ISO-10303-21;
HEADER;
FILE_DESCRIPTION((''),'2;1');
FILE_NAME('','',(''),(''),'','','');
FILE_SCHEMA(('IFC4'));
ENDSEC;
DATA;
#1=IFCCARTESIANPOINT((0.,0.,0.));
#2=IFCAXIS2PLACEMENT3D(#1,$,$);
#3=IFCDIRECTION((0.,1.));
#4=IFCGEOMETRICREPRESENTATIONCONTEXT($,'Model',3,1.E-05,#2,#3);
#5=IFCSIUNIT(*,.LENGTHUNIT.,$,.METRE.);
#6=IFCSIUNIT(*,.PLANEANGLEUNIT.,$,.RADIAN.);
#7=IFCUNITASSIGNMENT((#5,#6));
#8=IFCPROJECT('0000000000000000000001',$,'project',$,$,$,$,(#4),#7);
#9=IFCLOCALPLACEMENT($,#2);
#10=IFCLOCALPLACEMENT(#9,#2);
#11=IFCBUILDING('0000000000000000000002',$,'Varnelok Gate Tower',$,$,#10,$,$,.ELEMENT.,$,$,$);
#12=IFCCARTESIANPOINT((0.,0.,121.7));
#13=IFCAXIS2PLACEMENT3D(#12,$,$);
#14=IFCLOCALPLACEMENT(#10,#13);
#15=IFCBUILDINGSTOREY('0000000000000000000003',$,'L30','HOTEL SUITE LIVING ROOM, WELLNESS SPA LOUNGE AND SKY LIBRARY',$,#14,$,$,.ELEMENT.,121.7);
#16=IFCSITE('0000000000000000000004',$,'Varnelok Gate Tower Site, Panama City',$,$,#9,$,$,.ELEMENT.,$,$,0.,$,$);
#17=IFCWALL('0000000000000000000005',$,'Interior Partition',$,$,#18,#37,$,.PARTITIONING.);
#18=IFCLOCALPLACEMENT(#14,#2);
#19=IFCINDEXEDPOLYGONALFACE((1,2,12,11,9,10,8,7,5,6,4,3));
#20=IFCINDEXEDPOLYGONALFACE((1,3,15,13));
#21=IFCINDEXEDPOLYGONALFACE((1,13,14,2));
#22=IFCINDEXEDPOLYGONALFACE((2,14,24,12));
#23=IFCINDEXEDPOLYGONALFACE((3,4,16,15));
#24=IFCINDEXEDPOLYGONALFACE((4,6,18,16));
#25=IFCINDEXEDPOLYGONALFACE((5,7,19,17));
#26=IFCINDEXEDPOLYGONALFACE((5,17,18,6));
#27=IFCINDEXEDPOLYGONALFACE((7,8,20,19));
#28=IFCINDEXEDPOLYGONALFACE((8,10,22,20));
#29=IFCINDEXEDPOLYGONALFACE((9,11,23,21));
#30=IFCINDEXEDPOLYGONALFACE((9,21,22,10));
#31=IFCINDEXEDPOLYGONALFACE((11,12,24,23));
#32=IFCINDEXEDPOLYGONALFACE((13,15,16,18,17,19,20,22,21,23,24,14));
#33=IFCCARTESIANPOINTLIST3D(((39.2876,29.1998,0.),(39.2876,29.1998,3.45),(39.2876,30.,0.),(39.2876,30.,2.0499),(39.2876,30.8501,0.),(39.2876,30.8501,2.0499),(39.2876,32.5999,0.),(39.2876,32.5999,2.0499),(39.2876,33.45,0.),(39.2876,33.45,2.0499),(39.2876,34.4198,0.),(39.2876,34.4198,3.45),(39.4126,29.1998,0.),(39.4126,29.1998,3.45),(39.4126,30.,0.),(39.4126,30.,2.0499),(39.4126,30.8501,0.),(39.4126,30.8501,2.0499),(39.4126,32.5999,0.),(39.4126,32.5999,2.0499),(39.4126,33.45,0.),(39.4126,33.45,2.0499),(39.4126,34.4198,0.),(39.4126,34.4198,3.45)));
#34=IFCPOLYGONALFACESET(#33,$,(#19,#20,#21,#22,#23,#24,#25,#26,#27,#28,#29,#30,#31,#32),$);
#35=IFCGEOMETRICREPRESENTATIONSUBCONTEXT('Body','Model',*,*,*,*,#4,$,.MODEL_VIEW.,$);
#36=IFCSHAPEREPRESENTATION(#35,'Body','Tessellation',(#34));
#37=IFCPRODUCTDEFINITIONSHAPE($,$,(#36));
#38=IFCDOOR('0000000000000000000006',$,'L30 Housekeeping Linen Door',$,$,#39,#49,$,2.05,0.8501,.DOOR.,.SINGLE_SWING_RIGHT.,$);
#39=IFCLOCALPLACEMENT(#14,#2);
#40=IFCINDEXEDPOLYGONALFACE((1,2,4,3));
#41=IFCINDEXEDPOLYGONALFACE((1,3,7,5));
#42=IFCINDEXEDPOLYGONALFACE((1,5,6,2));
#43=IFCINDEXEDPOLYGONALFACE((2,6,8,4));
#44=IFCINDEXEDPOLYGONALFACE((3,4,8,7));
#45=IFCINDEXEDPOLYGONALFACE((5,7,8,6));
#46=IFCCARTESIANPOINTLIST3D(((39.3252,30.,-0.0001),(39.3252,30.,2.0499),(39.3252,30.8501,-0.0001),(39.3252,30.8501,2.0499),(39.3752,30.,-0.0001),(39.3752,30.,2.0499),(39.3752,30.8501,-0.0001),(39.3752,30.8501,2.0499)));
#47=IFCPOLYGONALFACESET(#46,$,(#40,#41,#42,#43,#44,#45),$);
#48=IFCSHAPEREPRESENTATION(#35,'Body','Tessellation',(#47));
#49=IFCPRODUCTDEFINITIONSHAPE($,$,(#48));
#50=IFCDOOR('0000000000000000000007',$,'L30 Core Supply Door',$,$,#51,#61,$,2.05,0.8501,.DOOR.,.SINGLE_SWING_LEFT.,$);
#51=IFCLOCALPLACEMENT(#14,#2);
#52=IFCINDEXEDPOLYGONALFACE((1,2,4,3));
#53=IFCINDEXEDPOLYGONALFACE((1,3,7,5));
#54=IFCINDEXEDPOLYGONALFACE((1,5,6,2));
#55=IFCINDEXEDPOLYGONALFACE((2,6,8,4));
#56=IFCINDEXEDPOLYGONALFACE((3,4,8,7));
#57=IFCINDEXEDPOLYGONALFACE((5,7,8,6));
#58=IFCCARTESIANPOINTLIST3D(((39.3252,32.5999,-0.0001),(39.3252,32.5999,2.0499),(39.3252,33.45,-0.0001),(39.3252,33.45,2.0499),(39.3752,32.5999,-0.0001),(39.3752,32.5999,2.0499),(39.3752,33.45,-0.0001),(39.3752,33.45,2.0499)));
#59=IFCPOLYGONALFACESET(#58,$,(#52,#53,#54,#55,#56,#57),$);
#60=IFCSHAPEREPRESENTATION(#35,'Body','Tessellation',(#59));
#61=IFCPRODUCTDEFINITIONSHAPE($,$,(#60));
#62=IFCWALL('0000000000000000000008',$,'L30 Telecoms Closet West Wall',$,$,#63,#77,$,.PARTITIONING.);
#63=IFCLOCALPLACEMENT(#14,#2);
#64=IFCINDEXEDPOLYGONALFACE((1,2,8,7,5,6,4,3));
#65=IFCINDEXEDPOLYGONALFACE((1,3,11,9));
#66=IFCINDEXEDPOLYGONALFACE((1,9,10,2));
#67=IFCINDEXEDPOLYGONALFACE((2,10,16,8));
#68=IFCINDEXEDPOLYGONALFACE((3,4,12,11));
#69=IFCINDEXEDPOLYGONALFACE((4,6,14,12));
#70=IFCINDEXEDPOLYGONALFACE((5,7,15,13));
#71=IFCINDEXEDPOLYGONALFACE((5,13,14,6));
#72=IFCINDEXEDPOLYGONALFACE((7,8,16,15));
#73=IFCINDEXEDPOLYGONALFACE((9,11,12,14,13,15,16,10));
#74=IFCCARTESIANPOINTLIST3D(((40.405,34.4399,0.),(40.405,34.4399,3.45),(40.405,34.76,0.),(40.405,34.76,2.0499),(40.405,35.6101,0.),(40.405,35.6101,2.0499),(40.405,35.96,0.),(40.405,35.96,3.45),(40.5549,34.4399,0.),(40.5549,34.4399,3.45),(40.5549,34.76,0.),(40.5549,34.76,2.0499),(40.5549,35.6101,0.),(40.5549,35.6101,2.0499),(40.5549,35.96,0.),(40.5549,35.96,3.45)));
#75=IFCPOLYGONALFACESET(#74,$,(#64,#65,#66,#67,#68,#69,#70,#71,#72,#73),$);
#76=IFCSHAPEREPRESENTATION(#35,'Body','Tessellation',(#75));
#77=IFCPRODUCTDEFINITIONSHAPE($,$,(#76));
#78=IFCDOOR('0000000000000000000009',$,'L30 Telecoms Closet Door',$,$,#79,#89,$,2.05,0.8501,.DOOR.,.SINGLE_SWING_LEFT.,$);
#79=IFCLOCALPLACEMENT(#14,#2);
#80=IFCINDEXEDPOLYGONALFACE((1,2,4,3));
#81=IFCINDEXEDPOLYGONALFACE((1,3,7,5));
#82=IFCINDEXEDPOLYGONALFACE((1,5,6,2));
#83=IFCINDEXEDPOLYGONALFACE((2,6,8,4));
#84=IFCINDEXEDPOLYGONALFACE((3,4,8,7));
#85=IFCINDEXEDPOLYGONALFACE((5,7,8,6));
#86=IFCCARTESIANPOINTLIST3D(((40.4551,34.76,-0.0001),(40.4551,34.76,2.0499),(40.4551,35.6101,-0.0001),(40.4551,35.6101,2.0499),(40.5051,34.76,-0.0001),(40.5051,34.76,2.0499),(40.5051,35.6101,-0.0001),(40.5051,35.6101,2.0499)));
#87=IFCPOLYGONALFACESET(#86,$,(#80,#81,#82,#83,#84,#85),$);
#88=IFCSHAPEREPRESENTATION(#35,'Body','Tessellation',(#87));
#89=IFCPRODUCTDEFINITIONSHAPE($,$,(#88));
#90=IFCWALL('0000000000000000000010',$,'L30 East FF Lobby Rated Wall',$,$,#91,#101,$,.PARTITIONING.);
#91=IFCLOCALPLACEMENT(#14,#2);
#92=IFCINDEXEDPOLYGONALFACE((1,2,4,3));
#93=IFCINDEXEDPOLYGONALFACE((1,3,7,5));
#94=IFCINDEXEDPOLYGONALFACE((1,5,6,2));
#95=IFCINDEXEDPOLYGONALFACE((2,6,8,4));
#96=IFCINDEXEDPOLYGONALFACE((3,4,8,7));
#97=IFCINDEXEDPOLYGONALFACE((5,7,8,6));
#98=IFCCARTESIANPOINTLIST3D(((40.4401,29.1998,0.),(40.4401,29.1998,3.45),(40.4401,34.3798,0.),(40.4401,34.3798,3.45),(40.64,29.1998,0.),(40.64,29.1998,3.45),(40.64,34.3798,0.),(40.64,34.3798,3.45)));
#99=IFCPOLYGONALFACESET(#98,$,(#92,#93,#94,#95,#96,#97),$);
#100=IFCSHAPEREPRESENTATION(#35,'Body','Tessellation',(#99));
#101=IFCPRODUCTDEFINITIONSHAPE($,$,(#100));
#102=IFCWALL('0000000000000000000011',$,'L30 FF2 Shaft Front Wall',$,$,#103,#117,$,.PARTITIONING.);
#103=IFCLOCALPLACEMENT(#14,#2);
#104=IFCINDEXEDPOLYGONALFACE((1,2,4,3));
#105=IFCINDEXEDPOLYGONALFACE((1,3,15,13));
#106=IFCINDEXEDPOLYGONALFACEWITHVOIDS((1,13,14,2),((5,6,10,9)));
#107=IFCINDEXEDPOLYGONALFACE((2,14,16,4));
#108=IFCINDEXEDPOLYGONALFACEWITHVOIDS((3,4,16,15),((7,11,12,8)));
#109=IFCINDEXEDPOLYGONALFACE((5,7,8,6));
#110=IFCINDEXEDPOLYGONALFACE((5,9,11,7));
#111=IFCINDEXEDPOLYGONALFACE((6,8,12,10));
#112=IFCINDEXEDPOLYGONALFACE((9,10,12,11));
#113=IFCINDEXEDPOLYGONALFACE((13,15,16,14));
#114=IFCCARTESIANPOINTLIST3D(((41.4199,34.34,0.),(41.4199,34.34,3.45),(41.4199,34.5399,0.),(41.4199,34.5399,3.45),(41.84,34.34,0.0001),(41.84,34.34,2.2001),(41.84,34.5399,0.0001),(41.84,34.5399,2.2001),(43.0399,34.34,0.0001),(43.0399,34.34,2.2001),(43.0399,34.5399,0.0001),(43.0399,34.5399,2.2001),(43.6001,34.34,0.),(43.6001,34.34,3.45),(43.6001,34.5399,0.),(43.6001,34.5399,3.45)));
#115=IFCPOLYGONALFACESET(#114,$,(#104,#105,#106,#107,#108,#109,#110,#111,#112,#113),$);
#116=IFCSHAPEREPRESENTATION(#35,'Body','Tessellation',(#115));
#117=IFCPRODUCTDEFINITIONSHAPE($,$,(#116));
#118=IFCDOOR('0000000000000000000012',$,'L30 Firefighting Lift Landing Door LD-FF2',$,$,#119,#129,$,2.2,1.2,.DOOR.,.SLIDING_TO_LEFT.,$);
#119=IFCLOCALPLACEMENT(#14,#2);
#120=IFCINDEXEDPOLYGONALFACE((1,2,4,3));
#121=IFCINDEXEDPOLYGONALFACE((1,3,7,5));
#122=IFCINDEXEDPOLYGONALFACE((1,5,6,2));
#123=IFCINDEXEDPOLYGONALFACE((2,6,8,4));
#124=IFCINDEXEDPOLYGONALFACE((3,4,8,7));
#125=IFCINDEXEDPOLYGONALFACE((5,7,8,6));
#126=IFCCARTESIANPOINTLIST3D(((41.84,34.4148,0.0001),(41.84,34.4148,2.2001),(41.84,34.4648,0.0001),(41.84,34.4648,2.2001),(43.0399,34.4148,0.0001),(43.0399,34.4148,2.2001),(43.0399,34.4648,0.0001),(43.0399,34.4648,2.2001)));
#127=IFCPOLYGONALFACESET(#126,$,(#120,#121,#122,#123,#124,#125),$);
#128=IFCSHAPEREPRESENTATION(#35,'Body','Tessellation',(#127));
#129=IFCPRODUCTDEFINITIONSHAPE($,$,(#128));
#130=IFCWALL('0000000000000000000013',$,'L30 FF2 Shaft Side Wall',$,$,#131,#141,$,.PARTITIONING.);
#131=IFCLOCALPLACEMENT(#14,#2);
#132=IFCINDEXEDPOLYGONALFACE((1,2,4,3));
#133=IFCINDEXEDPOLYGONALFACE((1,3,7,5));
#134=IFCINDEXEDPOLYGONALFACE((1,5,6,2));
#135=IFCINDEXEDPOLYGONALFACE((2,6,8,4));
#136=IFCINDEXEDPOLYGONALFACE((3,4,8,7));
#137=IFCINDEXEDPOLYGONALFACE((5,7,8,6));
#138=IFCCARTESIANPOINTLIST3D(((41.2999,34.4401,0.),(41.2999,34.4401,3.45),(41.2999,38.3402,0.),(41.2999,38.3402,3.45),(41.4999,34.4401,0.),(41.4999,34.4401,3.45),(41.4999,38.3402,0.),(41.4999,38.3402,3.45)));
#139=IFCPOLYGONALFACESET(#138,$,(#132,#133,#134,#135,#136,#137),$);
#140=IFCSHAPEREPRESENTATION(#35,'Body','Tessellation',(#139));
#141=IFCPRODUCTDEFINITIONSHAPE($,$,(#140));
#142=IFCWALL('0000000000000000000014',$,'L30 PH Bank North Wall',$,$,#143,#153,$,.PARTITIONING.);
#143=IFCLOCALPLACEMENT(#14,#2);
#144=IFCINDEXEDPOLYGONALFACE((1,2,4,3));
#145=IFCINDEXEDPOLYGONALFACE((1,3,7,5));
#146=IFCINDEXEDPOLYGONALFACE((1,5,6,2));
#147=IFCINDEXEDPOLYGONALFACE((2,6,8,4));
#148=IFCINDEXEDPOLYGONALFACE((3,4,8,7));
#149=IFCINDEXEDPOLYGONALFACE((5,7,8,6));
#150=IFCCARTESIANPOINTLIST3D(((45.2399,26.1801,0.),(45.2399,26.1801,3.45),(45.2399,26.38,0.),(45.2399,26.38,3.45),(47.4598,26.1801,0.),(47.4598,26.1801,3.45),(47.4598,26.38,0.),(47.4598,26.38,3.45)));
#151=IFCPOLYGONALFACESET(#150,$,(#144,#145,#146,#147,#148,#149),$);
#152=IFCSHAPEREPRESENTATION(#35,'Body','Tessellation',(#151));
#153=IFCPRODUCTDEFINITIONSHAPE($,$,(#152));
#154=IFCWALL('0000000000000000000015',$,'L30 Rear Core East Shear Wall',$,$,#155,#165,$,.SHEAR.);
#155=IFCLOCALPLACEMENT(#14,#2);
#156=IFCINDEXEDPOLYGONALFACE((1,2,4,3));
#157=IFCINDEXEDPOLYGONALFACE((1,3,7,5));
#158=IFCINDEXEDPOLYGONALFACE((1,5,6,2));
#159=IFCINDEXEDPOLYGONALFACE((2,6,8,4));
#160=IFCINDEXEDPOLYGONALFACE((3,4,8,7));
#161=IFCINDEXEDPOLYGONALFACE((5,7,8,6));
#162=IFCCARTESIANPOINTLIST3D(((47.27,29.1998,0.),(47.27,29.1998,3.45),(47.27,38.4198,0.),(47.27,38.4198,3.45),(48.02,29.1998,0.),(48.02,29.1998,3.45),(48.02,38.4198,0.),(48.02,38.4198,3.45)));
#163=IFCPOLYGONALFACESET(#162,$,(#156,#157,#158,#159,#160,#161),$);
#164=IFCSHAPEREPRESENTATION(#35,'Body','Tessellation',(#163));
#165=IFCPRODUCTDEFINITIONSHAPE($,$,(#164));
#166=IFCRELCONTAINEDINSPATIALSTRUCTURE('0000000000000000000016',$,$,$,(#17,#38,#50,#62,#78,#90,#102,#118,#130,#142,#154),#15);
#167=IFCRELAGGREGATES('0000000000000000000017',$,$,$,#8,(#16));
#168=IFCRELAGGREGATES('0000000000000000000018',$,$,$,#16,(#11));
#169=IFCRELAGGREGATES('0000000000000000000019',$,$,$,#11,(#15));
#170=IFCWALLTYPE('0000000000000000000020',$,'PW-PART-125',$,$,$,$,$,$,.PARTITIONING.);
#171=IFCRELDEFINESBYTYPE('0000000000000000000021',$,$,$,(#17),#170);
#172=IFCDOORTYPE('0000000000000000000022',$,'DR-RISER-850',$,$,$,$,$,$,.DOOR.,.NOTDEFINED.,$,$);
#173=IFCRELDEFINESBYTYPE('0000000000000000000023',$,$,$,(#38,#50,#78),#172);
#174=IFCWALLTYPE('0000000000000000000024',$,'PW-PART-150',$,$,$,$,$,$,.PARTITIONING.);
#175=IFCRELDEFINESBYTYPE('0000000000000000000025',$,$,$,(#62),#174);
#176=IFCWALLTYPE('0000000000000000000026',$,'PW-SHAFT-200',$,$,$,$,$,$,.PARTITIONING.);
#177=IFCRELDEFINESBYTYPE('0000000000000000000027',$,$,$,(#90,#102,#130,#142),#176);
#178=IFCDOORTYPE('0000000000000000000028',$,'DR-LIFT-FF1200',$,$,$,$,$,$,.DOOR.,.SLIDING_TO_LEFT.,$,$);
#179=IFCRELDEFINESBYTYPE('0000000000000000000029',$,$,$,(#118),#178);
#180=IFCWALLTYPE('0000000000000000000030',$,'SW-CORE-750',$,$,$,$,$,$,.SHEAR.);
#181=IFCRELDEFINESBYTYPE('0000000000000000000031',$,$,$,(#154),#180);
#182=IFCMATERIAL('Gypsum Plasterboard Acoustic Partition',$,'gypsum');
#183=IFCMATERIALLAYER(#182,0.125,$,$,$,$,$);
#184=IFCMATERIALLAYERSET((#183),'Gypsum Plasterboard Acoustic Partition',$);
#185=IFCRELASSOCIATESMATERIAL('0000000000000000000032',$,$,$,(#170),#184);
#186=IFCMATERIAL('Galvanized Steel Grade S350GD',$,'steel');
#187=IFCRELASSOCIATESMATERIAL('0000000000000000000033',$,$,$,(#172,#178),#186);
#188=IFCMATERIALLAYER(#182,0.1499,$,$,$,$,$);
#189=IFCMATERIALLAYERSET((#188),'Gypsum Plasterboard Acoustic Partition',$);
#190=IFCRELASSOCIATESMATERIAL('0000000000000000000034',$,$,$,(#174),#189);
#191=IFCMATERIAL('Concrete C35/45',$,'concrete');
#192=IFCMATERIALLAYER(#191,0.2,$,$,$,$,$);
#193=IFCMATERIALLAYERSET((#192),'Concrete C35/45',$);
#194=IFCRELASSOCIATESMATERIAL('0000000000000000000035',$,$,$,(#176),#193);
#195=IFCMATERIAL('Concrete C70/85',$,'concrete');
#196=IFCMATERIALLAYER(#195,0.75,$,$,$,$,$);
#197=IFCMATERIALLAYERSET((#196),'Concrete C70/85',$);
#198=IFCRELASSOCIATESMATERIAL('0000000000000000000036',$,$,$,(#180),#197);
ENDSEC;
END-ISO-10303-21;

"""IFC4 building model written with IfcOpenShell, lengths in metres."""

from ifc_helpers import new_model, si_unit, direction, frame, frame_2d, origin, place, context, subcontext, project, spatial, rectangle, extrude, material, layer, layer_set, type_object, element, fill, save


model = new_model("IFC4")

# Units and contexts
model_context = context("Model", 3, precision=1e-05, world=origin(), true_north=direction((0.0, 1.0)))
body_context = subcontext(model_context, "Body", "Model", "MODEL_VIEW")
ifc_project = project(units=[si_unit("LENGTHUNIT", "METRE"), si_unit("PLANEANGLEUNIT", "RADIAN")], contexts=[model_context])

# Site, building, storey
site_placement = place(None, origin())
site = spatial("IfcSite", under=ifc_project, at=site_placement, Name="Varnelok Gate Tower Site, Panama City", CompositionType="ELEMENT", RefElevation=0.0)
building_placement = place(site_placement, origin())
building = spatial("IfcBuilding", under=site, at=building_placement, Name="Varnelok Gate Tower", CompositionType="ELEMENT")
storey_placement = place(building_placement, frame((0.0, 0.0, 121.7)))
storey = spatial("IfcBuildingStorey", under=building, at=storey_placement, Name="L30", Description="HOTEL SUITE LIVING ROOM, WELLNESS SPA LOUNGE AND SKY LIBRARY", CompositionType="ELEMENT", Elevation=121.7)

# Shared definitions
ifc_material_1 = material(Name="Concrete C70/85", Category="concrete")

# Shared definitions
ifc_material_2 = material(Name="Gypsum Plasterboard Acoustic Partition", Category="gypsum")
ifc_layer_1 = layer(ifc_material_2, 0.125)
ifc_layer_set_1 = layer_set([ifc_layer_1], Name="Gypsum Plasterboard Acoustic Partition")
wall_type_1 = type_object("IfcWallType", Name="PW-PART-125", PredefinedType="PARTITIONING", material=ifc_layer_set_1)

# Wall, openings, doors
wall_1_placement = place(storey_placement, frame((39.3501, 29.2, 0.0), z_axis=(0.0, 0.0, 1.0), x_axis=(0.0, 1.0, 0.0)))
wall_1 = element("IfcWall", 1, at=wall_1_placement, inside=storey, type_object=wall_type_1, Name="Interior Partition", PredefinedType="PARTITIONING", context=body_context, shape_type="SweptSolid", body=[
    extrude(rectangle(XDim=5.22, YDim=0.125, at=frame_2d((2.6099, 0.0))), origin(), (0.0, 0.0, 1.0), 3.45),
])
opening_1_placement = place(wall_1_placement, frame((0.8, 0.0, 0.0)))
opening_1 = element("IfcOpeningElement", 2, at=opening_1_placement, cuts=wall_1, PredefinedType="OPENING", context=body_context, shape_type="SweptSolid", body=[
    extrude(rectangle(XDim=0.8501, YDim=2.05, at=frame_2d((0.425, 1.0249))), frame((0.0, 0.0725, 0.0), z_axis=(0.0, -1.0, 0.0), x_axis=(1.0, 0.0, 0.0)), (0.0, 0.0, 1.0), 0.145),
])
opening_2_placement = place(wall_1_placement, frame((3.3999, 0.0, 0.0)))
opening_2 = element("IfcOpeningElement", 3, at=opening_2_placement, cuts=wall_1, PredefinedType="OPENING", context=body_context, shape_type="SweptSolid", body=[
    extrude(rectangle(XDim=0.8501, YDim=2.05, at=frame_2d((0.425, 1.0249))), frame((0.0, 0.0725, 0.0), z_axis=(0.0, -1.0, 0.0), x_axis=(1.0, 0.0, 0.0)), (0.0, 0.0, 1.0), 0.145),
])
ifc_material_3 = material(Name="Galvanized Steel Grade S350GD", Category="steel")
door_type_1 = type_object("IfcDoorType", Name="DR-RISER-850", OperationType="NOTDEFINED", PredefinedType="DOOR", material=ifc_material_3)
door_1_placement = place(opening_1_placement, origin())
door_1 = element("IfcDoor", 4, at=door_1_placement, inside=storey, type_object=door_type_1, Name="L30 Housekeeping Linen Door", OperationType="SINGLE_SWING_RIGHT", OverallHeight=2.05, OverallWidth=0.8501, PredefinedType="DOOR", context=body_context, shape_type="SweptSolid", body=[
    extrude(rectangle(XDim=0.8501, YDim=2.05, at=frame_2d((0.425, 1.0249))), frame((0.0, 0.0249, 0.0), z_axis=(0.0, -1.0, 0.0), x_axis=(1.0, 0.0, 0.0)), (0.0, 0.0, 1.0), 0.05),
])
fill(opening_1, door_1)
door_2_placement = place(opening_2_placement, origin())
door_2 = element("IfcDoor", 5, at=door_2_placement, inside=storey, type_object=door_type_1, Name="L30 Core Supply Door", OperationType="SINGLE_SWING_LEFT", OverallHeight=2.05, OverallWidth=0.8501, PredefinedType="DOOR", context=body_context, shape_type="SweptSolid", body=[
    extrude(rectangle(XDim=0.8501, YDim=2.05, at=frame_2d((0.425, 1.0249))), frame((0.0, 0.0249, 0.0), z_axis=(0.0, -1.0, 0.0), x_axis=(1.0, 0.0, 0.0)), (0.0, 0.0, 1.0), 0.05),
])
fill(opening_2, door_2)

# Wall, opening, door
ifc_layer_2 = layer(ifc_material_2, 0.1499)
ifc_layer_set_2 = layer_set([ifc_layer_2], Name="Gypsum Plasterboard Acoustic Partition")
wall_type_2 = type_object("IfcWallType", Name="PW-PART-150", PredefinedType="PARTITIONING", material=ifc_layer_set_2)
wall_2_placement = place(storey_placement, frame((40.48, 34.4399, 0.0), z_axis=(0.0, 0.0, 1.0), x_axis=(0.0, 1.0, 0.0)))
wall_2 = element("IfcWall", 6, at=wall_2_placement, inside=storey, type_object=wall_type_2, Name="L30 Telecoms Closet West Wall", PredefinedType="PARTITIONING", context=body_context, shape_type="SweptSolid", body=[
    extrude(rectangle(XDim=1.52, YDim=0.1499, at=frame_2d((0.76, 0.0))), origin(), (0.0, 0.0, 1.0), 3.45),
])
opening_3_placement = place(wall_2_placement, frame((0.3201, 0.0, 0.0)))
opening_3 = element("IfcOpeningElement", 7, at=opening_3_placement, cuts=wall_2, PredefinedType="OPENING", context=body_context, shape_type="SweptSolid", body=[
    extrude(rectangle(XDim=0.8501, YDim=2.05, at=frame_2d((0.425, 1.0249))), frame((0.0, 0.085, 0.0), z_axis=(0.0, -1.0, 0.0), x_axis=(1.0, 0.0, 0.0)), (0.0, 0.0, 1.0), 0.1699),
])
door_3_placement = place(opening_3_placement, origin())
door_3 = element("IfcDoor", 8, at=door_3_placement, inside=storey, type_object=door_type_1, Name="L30 Telecoms Closet Door", OperationType="SINGLE_SWING_LEFT", OverallHeight=2.05, OverallWidth=0.8501, PredefinedType="DOOR", context=body_context, shape_type="SweptSolid", body=[
    extrude(rectangle(XDim=0.8501, YDim=2.05, at=frame_2d((0.425, 1.0249))), frame((0.0, 0.0249, 0.0), z_axis=(0.0, -1.0, 0.0), x_axis=(1.0, 0.0, 0.0)), (0.0, 0.0, 1.0), 0.05),
])
fill(opening_3, door_3)

# Wall
ifc_material_4 = material(Name="Concrete C35/45", Category="concrete")
ifc_layer_3 = layer(ifc_material_4, 0.2)
ifc_layer_set_3 = layer_set([ifc_layer_3], Name="Concrete C35/45")
wall_type_3 = type_object("IfcWallType", Name="PW-SHAFT-200", PredefinedType="PARTITIONING", material=ifc_layer_set_3)
wall_3_placement = place(storey_placement, frame((40.54, 29.2, 0.0), z_axis=(0.0, 0.0, 1.0), x_axis=(0.0, 1.0, 0.0)))
element("IfcWall", 9, at=wall_3_placement, inside=storey, type_object=wall_type_3, Name="L30 East FF Lobby Rated Wall", PredefinedType="PARTITIONING", context=body_context, shape_type="SweptSolid", body=[
    extrude(rectangle(XDim=5.1799, YDim=0.2, at=frame_2d((2.5898, 0.0))), origin(), (0.0, 0.0, 1.0), 3.45),
])

# Wall, opening, door
wall_4_placement = place(storey_placement, frame((41.4199, 34.4399, 0.0), z_axis=(0.0, 0.0, 1.0), x_axis=(1.0, 0.0, 0.0)))
wall_4 = element("IfcWall", 10, at=wall_4_placement, inside=storey, type_object=wall_type_3, Name="L30 FF2 Shaft Front Wall", PredefinedType="PARTITIONING", context=body_context, shape_type="SweptSolid", body=[
    extrude(rectangle(XDim=2.1802, YDim=0.2, at=frame_2d((1.0901, 0.0))), origin(), (0.0, 0.0, 1.0), 3.45),
])
opening_4_placement = place(wall_4_placement, frame((0.4199, 0.0, 0.0)))
opening_4 = element("IfcOpeningElement", 11, at=opening_4_placement, cuts=wall_4, PredefinedType="OPENING", context=body_context, shape_type="SweptSolid", body=[
    extrude(rectangle(XDim=1.2, YDim=2.2, at=frame_2d((0.6001, 1.1001))), frame((0.0, 0.1099, 0.0), z_axis=(0.0, -1.0, 0.0), x_axis=(1.0, 0.0, 0.0)), (0.0, 0.0, 1.0), 0.22),
])
door_type_2 = type_object("IfcDoorType", Name="DR-LIFT-FF1200", OperationType="SLIDING_TO_LEFT", PredefinedType="DOOR", material=ifc_material_3)
door_4_placement = place(opening_4_placement, origin())
door_4 = element("IfcDoor", 12, at=door_4_placement, inside=storey, type_object=door_type_2, Name="L30 Firefighting Lift Landing Door LD-FF2", OperationType="SLIDING_TO_LEFT", OverallHeight=2.2, OverallWidth=1.2, PredefinedType="DOOR", context=body_context, shape_type="SweptSolid", body=[
    extrude(rectangle(XDim=1.2, YDim=2.2, at=frame_2d((0.6001, 1.1001))), frame((0.0, 0.0249, 0.0), z_axis=(0.0, -1.0, 0.0), x_axis=(1.0, 0.0, 0.0)), (0.0, 0.0, 1.0), 0.05),
])
fill(opening_4, door_4)

# Walls
wall_5_placement = place(storey_placement, frame((41.3999, 34.4399, 0.0), z_axis=(0.0, 0.0, 1.0), x_axis=(0.0, 1.0, 0.0)))
element("IfcWall", 13, at=wall_5_placement, inside=storey, type_object=wall_type_3, Name="L30 FF2 Shaft Side Wall", PredefinedType="PARTITIONING", context=body_context, shape_type="SweptSolid", body=[
    extrude(rectangle(XDim=3.9001, YDim=0.2, at=frame_2d((1.9502, 0.0))), origin(), (0.0, 0.0, 1.0), 3.45),
])
wall_6_placement = place(storey_placement, frame((45.24, 26.28, 0.0), z_axis=(0.0, 0.0, 1.0), x_axis=(1.0, 0.0, 0.0)))
element("IfcWall", 14, at=wall_6_placement, inside=storey, type_object=wall_type_3, Name="L30 PH Bank North Wall", PredefinedType="PARTITIONING", context=body_context, shape_type="SweptSolid", body=[
    extrude(rectangle(XDim=2.22, YDim=0.2, at=frame_2d((1.1099, 0.0))), origin(), (0.0, 0.0, 1.0), 3.45),
])
ifc_layer_4 = layer(ifc_material_1, 0.75)
ifc_layer_set_4 = layer_set([ifc_layer_4], Name="Concrete C70/85")
wall_type_4 = type_object("IfcWallType", Name="SW-CORE-750", PredefinedType="SHEAR", material=ifc_layer_set_4)
wall_7_placement = place(storey_placement, frame((47.645, 29.2, 0.0), z_axis=(0.0, 0.0, 1.0), x_axis=(0.0, 1.0, 0.0)))
element("IfcWall", 15, at=wall_7_placement, inside=storey, type_object=wall_type_4, Name="L30 Rear Core East Shear Wall", PredefinedType="SHEAR", context=body_context, shape_type="SweptSolid", body=[
    extrude(rectangle(XDim=9.22, YDim=0.75, at=frame_2d((4.6099, 0.0))), origin(), (0.0, 0.0, 1.0), 3.45),
])

save(model, "model.ifc")
